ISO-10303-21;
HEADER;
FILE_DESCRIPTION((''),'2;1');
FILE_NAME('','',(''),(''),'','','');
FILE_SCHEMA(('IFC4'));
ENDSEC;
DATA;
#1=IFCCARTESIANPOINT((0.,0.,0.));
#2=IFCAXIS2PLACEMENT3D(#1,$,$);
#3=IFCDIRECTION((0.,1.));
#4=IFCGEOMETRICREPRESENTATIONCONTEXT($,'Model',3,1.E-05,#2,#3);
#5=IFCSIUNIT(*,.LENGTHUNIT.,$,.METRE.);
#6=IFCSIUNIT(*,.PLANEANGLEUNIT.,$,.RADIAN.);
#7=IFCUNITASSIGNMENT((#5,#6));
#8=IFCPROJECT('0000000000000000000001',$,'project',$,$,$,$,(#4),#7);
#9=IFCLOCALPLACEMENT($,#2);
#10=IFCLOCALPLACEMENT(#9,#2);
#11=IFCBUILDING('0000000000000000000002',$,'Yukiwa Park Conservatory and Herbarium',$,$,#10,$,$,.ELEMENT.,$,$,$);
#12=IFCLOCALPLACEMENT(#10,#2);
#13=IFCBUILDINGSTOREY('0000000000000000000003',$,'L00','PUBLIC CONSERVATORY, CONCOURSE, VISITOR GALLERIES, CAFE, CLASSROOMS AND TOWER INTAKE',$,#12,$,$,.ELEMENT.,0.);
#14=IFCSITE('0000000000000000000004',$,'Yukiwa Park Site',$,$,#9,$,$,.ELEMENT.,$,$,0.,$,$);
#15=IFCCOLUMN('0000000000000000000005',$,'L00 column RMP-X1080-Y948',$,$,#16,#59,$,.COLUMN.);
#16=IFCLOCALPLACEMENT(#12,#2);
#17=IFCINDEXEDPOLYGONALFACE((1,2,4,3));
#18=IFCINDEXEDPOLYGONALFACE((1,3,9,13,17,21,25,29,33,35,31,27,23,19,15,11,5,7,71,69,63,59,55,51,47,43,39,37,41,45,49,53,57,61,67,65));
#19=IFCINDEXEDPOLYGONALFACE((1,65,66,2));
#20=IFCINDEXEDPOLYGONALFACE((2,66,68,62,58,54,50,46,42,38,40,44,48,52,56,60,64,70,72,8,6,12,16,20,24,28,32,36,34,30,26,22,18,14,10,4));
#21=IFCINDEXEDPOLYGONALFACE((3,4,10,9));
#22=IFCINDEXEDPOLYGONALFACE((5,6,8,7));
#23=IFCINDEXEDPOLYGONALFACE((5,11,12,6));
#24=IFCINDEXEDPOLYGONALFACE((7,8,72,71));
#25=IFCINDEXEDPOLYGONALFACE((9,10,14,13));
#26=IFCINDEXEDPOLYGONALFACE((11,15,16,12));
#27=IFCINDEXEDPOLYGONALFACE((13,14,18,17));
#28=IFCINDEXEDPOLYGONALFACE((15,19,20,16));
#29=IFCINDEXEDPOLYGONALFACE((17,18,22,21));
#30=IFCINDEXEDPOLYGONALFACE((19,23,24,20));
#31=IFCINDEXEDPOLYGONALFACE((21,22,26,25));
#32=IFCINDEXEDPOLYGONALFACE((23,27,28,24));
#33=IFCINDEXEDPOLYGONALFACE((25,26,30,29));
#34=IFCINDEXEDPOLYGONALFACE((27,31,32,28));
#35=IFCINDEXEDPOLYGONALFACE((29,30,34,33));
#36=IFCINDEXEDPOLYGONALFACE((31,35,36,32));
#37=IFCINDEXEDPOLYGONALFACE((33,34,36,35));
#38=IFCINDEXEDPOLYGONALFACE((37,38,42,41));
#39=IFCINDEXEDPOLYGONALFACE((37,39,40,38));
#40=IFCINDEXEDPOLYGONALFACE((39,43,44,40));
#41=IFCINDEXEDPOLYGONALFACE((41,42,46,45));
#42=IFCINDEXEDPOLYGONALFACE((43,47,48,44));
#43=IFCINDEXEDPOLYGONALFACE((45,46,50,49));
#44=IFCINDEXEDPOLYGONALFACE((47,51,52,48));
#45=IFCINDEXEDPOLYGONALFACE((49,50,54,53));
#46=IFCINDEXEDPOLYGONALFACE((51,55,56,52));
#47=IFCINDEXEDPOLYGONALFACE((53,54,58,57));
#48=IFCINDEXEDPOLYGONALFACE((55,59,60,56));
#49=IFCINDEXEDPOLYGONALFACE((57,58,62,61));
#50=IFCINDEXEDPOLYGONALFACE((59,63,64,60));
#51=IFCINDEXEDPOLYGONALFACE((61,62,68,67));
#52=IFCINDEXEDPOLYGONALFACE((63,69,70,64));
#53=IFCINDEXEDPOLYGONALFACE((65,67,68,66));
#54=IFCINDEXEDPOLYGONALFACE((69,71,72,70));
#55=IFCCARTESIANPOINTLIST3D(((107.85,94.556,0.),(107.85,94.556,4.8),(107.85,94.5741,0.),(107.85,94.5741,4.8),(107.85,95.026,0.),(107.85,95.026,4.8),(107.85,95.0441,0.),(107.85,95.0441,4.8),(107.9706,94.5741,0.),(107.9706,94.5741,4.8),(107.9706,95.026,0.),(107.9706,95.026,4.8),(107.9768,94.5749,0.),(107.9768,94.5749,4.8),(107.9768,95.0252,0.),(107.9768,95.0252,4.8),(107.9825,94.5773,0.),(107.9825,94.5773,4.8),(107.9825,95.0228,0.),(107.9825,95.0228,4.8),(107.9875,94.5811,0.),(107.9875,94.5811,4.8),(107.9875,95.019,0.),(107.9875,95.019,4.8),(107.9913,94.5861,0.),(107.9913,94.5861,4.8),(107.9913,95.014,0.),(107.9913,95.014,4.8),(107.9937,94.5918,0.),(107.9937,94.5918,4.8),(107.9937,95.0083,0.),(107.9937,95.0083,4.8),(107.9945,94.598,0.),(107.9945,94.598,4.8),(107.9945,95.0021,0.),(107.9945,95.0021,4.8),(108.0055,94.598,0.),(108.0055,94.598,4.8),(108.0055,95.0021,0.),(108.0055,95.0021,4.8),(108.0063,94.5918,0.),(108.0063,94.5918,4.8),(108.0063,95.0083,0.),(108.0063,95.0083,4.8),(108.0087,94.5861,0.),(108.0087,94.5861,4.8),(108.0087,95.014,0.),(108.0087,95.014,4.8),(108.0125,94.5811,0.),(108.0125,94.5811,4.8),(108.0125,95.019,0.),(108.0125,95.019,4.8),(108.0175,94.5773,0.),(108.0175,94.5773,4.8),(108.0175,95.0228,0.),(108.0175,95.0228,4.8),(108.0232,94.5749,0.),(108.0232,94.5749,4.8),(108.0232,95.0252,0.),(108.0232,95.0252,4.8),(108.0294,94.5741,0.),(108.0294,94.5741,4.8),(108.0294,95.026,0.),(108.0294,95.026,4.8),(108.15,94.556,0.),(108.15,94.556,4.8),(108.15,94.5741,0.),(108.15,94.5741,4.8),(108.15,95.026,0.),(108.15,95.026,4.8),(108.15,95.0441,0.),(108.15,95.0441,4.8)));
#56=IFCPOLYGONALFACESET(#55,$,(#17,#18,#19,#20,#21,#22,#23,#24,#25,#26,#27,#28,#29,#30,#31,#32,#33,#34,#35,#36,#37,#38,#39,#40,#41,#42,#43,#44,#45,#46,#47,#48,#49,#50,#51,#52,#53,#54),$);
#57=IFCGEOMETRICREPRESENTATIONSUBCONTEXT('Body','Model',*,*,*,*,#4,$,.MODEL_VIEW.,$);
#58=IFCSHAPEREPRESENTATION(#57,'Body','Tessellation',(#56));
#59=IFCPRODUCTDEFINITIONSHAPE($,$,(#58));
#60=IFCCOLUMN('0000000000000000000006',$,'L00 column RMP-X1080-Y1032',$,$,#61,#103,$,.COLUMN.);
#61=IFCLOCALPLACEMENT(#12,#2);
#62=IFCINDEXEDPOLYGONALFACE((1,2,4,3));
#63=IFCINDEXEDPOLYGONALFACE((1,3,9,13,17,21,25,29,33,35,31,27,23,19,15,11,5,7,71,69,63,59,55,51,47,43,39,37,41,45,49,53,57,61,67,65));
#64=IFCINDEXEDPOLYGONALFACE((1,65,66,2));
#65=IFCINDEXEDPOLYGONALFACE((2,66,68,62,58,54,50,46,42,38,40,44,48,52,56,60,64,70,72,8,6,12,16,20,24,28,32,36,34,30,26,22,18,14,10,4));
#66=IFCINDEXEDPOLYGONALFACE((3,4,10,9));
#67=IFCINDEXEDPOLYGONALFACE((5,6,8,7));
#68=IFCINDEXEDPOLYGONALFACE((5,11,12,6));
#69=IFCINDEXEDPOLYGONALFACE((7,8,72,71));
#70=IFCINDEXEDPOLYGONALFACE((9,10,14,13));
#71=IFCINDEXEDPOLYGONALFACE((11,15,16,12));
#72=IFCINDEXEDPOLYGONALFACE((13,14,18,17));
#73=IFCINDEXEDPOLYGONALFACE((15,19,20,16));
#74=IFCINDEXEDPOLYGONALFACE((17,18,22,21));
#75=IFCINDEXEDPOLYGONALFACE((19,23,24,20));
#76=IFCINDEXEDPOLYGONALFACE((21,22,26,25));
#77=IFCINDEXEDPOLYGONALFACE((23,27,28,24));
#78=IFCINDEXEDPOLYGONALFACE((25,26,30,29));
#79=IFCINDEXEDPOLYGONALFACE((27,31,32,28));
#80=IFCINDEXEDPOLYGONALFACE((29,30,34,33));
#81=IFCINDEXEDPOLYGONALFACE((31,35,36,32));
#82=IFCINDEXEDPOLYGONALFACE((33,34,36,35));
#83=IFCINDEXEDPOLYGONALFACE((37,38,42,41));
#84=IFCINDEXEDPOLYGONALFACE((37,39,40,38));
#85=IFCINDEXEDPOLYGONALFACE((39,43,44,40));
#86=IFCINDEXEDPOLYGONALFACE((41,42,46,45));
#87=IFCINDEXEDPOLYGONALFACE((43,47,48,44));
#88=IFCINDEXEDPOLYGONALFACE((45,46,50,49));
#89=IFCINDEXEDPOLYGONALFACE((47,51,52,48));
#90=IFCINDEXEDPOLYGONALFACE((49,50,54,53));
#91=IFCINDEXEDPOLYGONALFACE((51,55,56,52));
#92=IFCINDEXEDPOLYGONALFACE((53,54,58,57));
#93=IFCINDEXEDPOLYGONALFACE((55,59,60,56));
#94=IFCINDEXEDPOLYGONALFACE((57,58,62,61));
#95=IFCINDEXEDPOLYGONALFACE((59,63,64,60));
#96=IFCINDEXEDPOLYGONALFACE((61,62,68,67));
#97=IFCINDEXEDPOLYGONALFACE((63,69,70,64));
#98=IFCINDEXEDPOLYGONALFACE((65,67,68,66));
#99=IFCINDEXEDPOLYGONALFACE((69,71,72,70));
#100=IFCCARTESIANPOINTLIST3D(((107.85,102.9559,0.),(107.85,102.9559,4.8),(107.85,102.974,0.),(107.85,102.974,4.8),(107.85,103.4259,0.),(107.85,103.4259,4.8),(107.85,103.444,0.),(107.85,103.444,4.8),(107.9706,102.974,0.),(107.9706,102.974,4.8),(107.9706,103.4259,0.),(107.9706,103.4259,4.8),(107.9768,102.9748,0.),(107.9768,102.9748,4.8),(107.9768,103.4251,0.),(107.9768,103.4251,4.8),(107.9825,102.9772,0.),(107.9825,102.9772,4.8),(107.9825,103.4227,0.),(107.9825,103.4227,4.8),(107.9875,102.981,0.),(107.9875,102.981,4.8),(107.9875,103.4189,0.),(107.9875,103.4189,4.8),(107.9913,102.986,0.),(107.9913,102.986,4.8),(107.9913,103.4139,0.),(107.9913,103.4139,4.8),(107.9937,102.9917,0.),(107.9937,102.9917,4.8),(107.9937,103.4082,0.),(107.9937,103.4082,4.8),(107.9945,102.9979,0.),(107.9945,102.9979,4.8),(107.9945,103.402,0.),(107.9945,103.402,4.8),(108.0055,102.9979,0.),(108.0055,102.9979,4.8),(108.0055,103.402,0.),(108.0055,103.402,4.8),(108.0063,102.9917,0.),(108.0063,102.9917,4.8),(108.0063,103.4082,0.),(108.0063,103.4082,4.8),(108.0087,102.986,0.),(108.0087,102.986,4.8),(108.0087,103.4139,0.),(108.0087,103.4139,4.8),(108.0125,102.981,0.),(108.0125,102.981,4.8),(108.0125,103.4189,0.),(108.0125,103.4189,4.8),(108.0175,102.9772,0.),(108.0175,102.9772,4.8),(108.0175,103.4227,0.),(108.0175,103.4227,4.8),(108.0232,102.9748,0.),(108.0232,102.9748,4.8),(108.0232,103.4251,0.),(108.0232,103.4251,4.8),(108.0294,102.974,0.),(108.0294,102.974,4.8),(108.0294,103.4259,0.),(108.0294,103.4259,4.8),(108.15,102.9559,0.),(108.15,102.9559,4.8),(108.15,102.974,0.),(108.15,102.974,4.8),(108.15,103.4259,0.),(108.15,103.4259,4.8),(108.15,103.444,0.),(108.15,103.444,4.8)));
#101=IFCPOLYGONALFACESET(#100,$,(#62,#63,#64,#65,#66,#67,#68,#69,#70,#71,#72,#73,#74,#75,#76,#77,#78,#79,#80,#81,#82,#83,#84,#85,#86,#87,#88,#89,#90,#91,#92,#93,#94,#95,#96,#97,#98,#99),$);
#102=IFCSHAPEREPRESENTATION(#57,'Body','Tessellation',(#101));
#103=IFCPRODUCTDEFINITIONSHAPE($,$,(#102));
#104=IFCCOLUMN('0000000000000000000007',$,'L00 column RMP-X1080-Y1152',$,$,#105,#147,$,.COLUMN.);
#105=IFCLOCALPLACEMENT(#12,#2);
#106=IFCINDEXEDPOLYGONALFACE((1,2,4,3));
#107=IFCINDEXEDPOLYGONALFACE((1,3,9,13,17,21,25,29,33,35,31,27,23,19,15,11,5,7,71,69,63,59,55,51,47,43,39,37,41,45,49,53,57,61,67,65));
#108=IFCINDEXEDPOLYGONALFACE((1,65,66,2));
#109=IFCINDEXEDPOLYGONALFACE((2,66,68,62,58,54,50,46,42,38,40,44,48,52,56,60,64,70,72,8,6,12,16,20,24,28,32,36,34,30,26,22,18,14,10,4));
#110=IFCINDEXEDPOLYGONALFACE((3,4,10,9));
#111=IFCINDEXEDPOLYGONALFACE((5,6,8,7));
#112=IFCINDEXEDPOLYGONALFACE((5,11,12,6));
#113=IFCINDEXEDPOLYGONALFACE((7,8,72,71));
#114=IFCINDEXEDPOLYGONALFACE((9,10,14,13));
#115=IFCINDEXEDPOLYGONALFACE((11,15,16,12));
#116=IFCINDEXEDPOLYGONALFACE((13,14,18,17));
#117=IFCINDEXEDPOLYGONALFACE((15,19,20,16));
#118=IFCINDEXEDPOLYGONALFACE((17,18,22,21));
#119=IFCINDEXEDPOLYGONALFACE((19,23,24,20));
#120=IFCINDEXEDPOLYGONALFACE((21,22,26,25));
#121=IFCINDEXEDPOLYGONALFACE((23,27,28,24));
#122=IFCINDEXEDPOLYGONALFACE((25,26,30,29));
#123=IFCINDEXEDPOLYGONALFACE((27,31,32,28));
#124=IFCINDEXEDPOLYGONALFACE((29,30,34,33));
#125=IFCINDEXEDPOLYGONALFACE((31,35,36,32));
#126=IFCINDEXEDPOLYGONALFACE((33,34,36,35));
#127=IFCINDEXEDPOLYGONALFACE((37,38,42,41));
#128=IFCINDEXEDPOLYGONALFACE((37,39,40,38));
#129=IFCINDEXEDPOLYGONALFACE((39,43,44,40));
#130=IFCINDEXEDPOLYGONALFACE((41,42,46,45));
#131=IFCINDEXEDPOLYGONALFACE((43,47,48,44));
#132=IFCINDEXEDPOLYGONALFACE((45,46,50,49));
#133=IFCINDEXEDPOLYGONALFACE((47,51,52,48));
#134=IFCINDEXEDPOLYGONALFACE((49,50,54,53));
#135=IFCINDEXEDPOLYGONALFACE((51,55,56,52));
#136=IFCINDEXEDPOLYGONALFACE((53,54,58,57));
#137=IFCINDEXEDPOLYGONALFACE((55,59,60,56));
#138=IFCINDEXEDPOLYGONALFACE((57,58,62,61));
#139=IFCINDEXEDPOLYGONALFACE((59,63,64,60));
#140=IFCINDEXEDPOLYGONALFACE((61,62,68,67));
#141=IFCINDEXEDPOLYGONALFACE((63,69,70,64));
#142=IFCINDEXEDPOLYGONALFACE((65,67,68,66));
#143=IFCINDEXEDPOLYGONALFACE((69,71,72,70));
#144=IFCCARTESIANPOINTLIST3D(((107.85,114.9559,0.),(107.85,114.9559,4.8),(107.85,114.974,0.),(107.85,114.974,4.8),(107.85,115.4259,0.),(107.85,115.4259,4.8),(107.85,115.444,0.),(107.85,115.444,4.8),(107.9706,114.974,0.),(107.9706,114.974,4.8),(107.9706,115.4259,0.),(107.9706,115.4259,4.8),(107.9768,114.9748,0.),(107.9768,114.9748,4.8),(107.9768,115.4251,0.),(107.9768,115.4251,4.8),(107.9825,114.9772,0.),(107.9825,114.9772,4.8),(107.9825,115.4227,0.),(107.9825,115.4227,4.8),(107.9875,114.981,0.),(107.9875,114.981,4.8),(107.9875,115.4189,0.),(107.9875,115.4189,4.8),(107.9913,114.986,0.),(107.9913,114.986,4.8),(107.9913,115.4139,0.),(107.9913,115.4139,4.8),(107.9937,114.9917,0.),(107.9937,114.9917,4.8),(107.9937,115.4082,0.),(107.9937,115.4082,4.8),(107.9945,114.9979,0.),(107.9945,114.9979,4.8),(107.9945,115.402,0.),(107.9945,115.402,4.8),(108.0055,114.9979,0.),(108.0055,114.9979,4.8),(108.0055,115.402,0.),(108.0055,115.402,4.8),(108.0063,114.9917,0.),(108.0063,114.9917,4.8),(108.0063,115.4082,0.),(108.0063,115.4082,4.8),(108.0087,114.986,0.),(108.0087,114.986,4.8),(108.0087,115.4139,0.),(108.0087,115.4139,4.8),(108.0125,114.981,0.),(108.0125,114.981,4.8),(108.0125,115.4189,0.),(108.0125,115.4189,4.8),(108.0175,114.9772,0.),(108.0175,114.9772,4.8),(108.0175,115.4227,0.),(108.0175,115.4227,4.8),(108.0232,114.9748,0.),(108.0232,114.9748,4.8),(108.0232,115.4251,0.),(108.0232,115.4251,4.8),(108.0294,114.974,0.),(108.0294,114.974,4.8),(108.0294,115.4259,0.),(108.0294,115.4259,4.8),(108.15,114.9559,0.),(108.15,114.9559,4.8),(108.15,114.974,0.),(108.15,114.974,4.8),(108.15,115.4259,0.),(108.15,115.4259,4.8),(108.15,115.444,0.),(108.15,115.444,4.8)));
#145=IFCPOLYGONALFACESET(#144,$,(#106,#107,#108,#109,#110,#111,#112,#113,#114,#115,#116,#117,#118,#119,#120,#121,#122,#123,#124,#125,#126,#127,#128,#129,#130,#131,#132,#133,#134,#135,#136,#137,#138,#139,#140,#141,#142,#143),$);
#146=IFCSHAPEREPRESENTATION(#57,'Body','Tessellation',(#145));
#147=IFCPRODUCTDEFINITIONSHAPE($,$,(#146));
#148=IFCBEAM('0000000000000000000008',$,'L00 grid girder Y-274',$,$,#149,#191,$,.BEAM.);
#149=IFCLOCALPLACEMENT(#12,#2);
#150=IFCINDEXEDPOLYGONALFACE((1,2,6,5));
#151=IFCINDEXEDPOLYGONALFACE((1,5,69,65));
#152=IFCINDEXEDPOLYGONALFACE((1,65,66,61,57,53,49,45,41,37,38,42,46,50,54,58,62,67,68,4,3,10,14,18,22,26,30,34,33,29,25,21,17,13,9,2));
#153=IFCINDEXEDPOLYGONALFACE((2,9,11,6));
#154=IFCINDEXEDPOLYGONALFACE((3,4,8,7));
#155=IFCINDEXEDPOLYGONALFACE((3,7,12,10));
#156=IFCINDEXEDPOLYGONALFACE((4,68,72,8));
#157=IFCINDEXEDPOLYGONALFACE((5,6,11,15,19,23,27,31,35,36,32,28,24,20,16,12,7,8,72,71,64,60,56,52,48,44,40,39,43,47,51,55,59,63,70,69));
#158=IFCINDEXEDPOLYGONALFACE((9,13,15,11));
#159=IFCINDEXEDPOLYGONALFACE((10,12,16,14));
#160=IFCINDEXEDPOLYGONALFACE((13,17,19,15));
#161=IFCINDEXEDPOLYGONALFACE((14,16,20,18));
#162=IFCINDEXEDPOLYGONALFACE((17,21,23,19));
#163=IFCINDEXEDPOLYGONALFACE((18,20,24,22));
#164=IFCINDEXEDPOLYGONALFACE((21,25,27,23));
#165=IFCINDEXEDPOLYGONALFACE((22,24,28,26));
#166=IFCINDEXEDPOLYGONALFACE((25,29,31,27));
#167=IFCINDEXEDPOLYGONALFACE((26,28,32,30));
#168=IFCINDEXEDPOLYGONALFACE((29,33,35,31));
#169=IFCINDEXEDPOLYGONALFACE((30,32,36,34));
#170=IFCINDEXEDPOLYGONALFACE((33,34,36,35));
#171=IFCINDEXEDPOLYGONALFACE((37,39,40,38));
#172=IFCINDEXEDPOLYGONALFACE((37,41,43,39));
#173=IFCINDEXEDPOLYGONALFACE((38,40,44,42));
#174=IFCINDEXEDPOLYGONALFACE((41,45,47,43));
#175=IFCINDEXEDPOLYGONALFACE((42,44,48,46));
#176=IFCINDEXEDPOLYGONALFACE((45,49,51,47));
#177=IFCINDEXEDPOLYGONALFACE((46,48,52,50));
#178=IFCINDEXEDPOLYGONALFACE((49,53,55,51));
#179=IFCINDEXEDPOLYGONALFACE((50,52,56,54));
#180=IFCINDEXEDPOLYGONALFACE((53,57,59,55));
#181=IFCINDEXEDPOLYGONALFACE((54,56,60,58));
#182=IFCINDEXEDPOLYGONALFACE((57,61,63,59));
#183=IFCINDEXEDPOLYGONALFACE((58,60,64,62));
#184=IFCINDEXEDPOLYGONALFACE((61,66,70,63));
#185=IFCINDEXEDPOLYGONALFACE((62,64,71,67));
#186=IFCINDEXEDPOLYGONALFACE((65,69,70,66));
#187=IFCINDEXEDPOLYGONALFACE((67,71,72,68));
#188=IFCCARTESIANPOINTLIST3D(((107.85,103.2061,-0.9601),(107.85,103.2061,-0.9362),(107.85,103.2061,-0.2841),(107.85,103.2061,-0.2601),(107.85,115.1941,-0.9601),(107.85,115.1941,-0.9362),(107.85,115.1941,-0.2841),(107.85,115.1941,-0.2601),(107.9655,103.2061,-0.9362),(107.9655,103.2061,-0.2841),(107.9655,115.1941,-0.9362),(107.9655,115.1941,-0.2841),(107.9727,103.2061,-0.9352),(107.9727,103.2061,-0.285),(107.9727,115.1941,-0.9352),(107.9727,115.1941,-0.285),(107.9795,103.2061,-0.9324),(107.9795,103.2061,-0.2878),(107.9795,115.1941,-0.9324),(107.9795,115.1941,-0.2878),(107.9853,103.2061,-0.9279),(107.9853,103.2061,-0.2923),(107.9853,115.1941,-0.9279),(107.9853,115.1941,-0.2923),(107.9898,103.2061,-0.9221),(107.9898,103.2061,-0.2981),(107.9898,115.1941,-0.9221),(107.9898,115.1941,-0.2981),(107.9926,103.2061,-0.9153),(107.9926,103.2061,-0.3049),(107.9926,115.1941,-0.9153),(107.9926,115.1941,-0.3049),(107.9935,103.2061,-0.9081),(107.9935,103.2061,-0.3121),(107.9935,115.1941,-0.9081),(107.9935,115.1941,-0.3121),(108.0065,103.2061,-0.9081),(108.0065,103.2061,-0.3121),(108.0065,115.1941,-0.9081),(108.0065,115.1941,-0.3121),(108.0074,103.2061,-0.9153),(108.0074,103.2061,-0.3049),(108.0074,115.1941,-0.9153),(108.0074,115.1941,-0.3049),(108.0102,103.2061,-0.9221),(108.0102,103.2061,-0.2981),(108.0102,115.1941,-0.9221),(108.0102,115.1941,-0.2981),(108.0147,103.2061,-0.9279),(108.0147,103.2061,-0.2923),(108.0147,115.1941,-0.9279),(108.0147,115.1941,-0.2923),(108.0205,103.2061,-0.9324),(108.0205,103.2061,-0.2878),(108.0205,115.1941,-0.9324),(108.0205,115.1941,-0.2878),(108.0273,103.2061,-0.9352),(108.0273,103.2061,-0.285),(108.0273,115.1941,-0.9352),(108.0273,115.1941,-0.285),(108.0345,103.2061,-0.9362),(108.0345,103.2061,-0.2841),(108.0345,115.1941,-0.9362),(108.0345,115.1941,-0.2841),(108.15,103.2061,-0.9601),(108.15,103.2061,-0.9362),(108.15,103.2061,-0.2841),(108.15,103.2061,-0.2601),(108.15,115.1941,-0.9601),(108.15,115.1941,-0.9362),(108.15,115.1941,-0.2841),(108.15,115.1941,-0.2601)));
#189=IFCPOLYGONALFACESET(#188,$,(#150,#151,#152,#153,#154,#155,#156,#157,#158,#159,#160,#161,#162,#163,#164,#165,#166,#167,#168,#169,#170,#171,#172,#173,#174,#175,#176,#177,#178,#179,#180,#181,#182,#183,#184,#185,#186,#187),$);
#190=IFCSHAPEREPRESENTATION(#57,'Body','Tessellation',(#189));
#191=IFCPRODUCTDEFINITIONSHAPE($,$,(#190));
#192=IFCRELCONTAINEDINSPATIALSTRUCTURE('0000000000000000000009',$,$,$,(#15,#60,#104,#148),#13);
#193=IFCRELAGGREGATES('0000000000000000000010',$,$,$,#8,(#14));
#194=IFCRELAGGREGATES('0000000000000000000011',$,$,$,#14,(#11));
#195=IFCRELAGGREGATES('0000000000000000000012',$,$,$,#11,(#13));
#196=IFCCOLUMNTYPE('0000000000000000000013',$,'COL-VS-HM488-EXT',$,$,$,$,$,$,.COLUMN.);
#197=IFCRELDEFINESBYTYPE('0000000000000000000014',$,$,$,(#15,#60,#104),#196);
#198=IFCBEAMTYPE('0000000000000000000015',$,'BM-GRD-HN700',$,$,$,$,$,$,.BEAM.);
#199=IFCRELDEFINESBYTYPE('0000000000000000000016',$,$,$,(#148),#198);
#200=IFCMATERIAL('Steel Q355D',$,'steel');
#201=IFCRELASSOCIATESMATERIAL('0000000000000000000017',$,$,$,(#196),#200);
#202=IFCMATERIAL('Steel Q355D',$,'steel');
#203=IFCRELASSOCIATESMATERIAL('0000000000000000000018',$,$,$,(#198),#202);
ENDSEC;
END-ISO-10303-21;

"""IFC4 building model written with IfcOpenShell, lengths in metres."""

from ifc_helpers import new_model, si_unit, direction, frame, origin, origin_2d, place, context, subcontext, project, spatial, i_section, extrude, material, material_profile, profile_set, type_object, element, save


model = new_model("IFC4")

# Units and contexts
model_context = context("Model", 3, precision=1e-05, world=origin(), true_north=direction((0.0, 1.0)))
body_context = subcontext(model_context, "Body", "Model", "MODEL_VIEW")
ifc_project = project(units=[si_unit("LENGTHUNIT", "METRE"), si_unit("PLANEANGLEUNIT", "RADIAN")], contexts=[model_context])

# Site, building, storey
site_placement = place(None, origin())
site = spatial("IfcSite", under=ifc_project, at=site_placement, Name="Yukiwa Park Site", CompositionType="ELEMENT", RefElevation=0.0)
building_placement = place(site_placement, origin())
building = spatial("IfcBuilding", under=site, at=building_placement, Name="Yukiwa Park Conservatory and Herbarium", CompositionType="ELEMENT")
storey_placement = place(building_placement, origin())
storey = spatial("IfcBuildingStorey", under=building, at=storey_placement, Name="L00", Description="PUBLIC CONSERVATORY, CONCOURSE, VISITOR GALLERIES, CAFE, CLASSROOMS AND TOWER INTAKE", CompositionType="ELEMENT", Elevation=0.0)

# Columns
ifc_material_1 = material(Name="Steel Q355D", Category="steel")
ifc_material_profile_1 = material_profile(ifc_material_1, i_section(OverallWidth=0.3, OverallDepth=0.488, WebThickness=0.011, FlangeThickness=0.0181, FilletRadius=0.0239, at=origin_2d()), Name="HM 488x300x11x18")
ifc_profile_set_1 = profile_set([ifc_material_profile_1], Name="Steel Q355D")
column_type_1 = type_object("IfcColumnType", Name="COL-VS-HM488-EXT", PredefinedType="COLUMN", material=ifc_profile_set_1)
for number, where, z_axis, x_axis, name in (
    (1, (108.0, 94.8, 0.0), (0.0, 0.0, 1.0), (1.0, 0.0, 0.0), "L00 column RMP-X1080-Y948"),
    (2, (108.0, 103.2, 0.0), (0.0, 0.0, 1.0), (1.0, 0.0, 0.0), "L00 column RMP-X1080-Y1032"),
    (3, (108.0, 115.2, 0.0), (0.0, 0.0, 1.0), (1.0, 0.0, 0.0), "L00 column RMP-X1080-Y1152"),
):
    element("IfcColumn", number, at=place(storey_placement, frame(where, z_axis=z_axis, x_axis=x_axis)), inside=storey, type_object=column_type_1, Name=name, PredefinedType="COLUMN", context=body_context, shape_type="SweptSolid", body=[
        extrude(i_section(OverallWidth=0.3, OverallDepth=0.488, WebThickness=0.011, FlangeThickness=0.0181, FilletRadius=0.0239, at=origin_2d()), origin(), (0.0, 0.0, 1.0), 4.8),
    ])

# Beam
ifc_material_2 = material(Name="Steel Q355D", Category="steel")
ifc_material_profile_2 = material_profile(ifc_material_2, i_section(OverallWidth=0.3, OverallDepth=0.7, WebThickness=0.0129, FlangeThickness=0.0239, FilletRadius=0.0281, at=origin_2d()), Name="HN 700x300x13x24")
ifc_profile_set_2 = profile_set([ifc_material_profile_2], Name="Steel Q355D")
beam_type_1 = type_object("IfcBeamType", Name="BM-GRD-HN700", PredefinedType="BEAM", material=ifc_profile_set_2)
for number, where, z_axis, x_axis, name in (
    (4, (108.0, 103.2061, -0.6101), (0.0, 1.0, 0.0), (-1.0, 0.0, 0.0), "L00 grid girder Y-274"),
):
    element("IfcBeam", number, at=place(storey_placement, frame(where, z_axis=z_axis, x_axis=x_axis)), inside=storey, type_object=beam_type_1, Name=name, PredefinedType="BEAM", context=body_context, shape_type="SweptSolid", body=[
        extrude(i_section(OverallWidth=0.3, OverallDepth=0.7, WebThickness=0.0129, FlangeThickness=0.0239, FilletRadius=0.0281, at=origin_2d()), origin(), (0.0, 0.0, 1.0), 11.988),
    ])

save(model, "model.ifc")
